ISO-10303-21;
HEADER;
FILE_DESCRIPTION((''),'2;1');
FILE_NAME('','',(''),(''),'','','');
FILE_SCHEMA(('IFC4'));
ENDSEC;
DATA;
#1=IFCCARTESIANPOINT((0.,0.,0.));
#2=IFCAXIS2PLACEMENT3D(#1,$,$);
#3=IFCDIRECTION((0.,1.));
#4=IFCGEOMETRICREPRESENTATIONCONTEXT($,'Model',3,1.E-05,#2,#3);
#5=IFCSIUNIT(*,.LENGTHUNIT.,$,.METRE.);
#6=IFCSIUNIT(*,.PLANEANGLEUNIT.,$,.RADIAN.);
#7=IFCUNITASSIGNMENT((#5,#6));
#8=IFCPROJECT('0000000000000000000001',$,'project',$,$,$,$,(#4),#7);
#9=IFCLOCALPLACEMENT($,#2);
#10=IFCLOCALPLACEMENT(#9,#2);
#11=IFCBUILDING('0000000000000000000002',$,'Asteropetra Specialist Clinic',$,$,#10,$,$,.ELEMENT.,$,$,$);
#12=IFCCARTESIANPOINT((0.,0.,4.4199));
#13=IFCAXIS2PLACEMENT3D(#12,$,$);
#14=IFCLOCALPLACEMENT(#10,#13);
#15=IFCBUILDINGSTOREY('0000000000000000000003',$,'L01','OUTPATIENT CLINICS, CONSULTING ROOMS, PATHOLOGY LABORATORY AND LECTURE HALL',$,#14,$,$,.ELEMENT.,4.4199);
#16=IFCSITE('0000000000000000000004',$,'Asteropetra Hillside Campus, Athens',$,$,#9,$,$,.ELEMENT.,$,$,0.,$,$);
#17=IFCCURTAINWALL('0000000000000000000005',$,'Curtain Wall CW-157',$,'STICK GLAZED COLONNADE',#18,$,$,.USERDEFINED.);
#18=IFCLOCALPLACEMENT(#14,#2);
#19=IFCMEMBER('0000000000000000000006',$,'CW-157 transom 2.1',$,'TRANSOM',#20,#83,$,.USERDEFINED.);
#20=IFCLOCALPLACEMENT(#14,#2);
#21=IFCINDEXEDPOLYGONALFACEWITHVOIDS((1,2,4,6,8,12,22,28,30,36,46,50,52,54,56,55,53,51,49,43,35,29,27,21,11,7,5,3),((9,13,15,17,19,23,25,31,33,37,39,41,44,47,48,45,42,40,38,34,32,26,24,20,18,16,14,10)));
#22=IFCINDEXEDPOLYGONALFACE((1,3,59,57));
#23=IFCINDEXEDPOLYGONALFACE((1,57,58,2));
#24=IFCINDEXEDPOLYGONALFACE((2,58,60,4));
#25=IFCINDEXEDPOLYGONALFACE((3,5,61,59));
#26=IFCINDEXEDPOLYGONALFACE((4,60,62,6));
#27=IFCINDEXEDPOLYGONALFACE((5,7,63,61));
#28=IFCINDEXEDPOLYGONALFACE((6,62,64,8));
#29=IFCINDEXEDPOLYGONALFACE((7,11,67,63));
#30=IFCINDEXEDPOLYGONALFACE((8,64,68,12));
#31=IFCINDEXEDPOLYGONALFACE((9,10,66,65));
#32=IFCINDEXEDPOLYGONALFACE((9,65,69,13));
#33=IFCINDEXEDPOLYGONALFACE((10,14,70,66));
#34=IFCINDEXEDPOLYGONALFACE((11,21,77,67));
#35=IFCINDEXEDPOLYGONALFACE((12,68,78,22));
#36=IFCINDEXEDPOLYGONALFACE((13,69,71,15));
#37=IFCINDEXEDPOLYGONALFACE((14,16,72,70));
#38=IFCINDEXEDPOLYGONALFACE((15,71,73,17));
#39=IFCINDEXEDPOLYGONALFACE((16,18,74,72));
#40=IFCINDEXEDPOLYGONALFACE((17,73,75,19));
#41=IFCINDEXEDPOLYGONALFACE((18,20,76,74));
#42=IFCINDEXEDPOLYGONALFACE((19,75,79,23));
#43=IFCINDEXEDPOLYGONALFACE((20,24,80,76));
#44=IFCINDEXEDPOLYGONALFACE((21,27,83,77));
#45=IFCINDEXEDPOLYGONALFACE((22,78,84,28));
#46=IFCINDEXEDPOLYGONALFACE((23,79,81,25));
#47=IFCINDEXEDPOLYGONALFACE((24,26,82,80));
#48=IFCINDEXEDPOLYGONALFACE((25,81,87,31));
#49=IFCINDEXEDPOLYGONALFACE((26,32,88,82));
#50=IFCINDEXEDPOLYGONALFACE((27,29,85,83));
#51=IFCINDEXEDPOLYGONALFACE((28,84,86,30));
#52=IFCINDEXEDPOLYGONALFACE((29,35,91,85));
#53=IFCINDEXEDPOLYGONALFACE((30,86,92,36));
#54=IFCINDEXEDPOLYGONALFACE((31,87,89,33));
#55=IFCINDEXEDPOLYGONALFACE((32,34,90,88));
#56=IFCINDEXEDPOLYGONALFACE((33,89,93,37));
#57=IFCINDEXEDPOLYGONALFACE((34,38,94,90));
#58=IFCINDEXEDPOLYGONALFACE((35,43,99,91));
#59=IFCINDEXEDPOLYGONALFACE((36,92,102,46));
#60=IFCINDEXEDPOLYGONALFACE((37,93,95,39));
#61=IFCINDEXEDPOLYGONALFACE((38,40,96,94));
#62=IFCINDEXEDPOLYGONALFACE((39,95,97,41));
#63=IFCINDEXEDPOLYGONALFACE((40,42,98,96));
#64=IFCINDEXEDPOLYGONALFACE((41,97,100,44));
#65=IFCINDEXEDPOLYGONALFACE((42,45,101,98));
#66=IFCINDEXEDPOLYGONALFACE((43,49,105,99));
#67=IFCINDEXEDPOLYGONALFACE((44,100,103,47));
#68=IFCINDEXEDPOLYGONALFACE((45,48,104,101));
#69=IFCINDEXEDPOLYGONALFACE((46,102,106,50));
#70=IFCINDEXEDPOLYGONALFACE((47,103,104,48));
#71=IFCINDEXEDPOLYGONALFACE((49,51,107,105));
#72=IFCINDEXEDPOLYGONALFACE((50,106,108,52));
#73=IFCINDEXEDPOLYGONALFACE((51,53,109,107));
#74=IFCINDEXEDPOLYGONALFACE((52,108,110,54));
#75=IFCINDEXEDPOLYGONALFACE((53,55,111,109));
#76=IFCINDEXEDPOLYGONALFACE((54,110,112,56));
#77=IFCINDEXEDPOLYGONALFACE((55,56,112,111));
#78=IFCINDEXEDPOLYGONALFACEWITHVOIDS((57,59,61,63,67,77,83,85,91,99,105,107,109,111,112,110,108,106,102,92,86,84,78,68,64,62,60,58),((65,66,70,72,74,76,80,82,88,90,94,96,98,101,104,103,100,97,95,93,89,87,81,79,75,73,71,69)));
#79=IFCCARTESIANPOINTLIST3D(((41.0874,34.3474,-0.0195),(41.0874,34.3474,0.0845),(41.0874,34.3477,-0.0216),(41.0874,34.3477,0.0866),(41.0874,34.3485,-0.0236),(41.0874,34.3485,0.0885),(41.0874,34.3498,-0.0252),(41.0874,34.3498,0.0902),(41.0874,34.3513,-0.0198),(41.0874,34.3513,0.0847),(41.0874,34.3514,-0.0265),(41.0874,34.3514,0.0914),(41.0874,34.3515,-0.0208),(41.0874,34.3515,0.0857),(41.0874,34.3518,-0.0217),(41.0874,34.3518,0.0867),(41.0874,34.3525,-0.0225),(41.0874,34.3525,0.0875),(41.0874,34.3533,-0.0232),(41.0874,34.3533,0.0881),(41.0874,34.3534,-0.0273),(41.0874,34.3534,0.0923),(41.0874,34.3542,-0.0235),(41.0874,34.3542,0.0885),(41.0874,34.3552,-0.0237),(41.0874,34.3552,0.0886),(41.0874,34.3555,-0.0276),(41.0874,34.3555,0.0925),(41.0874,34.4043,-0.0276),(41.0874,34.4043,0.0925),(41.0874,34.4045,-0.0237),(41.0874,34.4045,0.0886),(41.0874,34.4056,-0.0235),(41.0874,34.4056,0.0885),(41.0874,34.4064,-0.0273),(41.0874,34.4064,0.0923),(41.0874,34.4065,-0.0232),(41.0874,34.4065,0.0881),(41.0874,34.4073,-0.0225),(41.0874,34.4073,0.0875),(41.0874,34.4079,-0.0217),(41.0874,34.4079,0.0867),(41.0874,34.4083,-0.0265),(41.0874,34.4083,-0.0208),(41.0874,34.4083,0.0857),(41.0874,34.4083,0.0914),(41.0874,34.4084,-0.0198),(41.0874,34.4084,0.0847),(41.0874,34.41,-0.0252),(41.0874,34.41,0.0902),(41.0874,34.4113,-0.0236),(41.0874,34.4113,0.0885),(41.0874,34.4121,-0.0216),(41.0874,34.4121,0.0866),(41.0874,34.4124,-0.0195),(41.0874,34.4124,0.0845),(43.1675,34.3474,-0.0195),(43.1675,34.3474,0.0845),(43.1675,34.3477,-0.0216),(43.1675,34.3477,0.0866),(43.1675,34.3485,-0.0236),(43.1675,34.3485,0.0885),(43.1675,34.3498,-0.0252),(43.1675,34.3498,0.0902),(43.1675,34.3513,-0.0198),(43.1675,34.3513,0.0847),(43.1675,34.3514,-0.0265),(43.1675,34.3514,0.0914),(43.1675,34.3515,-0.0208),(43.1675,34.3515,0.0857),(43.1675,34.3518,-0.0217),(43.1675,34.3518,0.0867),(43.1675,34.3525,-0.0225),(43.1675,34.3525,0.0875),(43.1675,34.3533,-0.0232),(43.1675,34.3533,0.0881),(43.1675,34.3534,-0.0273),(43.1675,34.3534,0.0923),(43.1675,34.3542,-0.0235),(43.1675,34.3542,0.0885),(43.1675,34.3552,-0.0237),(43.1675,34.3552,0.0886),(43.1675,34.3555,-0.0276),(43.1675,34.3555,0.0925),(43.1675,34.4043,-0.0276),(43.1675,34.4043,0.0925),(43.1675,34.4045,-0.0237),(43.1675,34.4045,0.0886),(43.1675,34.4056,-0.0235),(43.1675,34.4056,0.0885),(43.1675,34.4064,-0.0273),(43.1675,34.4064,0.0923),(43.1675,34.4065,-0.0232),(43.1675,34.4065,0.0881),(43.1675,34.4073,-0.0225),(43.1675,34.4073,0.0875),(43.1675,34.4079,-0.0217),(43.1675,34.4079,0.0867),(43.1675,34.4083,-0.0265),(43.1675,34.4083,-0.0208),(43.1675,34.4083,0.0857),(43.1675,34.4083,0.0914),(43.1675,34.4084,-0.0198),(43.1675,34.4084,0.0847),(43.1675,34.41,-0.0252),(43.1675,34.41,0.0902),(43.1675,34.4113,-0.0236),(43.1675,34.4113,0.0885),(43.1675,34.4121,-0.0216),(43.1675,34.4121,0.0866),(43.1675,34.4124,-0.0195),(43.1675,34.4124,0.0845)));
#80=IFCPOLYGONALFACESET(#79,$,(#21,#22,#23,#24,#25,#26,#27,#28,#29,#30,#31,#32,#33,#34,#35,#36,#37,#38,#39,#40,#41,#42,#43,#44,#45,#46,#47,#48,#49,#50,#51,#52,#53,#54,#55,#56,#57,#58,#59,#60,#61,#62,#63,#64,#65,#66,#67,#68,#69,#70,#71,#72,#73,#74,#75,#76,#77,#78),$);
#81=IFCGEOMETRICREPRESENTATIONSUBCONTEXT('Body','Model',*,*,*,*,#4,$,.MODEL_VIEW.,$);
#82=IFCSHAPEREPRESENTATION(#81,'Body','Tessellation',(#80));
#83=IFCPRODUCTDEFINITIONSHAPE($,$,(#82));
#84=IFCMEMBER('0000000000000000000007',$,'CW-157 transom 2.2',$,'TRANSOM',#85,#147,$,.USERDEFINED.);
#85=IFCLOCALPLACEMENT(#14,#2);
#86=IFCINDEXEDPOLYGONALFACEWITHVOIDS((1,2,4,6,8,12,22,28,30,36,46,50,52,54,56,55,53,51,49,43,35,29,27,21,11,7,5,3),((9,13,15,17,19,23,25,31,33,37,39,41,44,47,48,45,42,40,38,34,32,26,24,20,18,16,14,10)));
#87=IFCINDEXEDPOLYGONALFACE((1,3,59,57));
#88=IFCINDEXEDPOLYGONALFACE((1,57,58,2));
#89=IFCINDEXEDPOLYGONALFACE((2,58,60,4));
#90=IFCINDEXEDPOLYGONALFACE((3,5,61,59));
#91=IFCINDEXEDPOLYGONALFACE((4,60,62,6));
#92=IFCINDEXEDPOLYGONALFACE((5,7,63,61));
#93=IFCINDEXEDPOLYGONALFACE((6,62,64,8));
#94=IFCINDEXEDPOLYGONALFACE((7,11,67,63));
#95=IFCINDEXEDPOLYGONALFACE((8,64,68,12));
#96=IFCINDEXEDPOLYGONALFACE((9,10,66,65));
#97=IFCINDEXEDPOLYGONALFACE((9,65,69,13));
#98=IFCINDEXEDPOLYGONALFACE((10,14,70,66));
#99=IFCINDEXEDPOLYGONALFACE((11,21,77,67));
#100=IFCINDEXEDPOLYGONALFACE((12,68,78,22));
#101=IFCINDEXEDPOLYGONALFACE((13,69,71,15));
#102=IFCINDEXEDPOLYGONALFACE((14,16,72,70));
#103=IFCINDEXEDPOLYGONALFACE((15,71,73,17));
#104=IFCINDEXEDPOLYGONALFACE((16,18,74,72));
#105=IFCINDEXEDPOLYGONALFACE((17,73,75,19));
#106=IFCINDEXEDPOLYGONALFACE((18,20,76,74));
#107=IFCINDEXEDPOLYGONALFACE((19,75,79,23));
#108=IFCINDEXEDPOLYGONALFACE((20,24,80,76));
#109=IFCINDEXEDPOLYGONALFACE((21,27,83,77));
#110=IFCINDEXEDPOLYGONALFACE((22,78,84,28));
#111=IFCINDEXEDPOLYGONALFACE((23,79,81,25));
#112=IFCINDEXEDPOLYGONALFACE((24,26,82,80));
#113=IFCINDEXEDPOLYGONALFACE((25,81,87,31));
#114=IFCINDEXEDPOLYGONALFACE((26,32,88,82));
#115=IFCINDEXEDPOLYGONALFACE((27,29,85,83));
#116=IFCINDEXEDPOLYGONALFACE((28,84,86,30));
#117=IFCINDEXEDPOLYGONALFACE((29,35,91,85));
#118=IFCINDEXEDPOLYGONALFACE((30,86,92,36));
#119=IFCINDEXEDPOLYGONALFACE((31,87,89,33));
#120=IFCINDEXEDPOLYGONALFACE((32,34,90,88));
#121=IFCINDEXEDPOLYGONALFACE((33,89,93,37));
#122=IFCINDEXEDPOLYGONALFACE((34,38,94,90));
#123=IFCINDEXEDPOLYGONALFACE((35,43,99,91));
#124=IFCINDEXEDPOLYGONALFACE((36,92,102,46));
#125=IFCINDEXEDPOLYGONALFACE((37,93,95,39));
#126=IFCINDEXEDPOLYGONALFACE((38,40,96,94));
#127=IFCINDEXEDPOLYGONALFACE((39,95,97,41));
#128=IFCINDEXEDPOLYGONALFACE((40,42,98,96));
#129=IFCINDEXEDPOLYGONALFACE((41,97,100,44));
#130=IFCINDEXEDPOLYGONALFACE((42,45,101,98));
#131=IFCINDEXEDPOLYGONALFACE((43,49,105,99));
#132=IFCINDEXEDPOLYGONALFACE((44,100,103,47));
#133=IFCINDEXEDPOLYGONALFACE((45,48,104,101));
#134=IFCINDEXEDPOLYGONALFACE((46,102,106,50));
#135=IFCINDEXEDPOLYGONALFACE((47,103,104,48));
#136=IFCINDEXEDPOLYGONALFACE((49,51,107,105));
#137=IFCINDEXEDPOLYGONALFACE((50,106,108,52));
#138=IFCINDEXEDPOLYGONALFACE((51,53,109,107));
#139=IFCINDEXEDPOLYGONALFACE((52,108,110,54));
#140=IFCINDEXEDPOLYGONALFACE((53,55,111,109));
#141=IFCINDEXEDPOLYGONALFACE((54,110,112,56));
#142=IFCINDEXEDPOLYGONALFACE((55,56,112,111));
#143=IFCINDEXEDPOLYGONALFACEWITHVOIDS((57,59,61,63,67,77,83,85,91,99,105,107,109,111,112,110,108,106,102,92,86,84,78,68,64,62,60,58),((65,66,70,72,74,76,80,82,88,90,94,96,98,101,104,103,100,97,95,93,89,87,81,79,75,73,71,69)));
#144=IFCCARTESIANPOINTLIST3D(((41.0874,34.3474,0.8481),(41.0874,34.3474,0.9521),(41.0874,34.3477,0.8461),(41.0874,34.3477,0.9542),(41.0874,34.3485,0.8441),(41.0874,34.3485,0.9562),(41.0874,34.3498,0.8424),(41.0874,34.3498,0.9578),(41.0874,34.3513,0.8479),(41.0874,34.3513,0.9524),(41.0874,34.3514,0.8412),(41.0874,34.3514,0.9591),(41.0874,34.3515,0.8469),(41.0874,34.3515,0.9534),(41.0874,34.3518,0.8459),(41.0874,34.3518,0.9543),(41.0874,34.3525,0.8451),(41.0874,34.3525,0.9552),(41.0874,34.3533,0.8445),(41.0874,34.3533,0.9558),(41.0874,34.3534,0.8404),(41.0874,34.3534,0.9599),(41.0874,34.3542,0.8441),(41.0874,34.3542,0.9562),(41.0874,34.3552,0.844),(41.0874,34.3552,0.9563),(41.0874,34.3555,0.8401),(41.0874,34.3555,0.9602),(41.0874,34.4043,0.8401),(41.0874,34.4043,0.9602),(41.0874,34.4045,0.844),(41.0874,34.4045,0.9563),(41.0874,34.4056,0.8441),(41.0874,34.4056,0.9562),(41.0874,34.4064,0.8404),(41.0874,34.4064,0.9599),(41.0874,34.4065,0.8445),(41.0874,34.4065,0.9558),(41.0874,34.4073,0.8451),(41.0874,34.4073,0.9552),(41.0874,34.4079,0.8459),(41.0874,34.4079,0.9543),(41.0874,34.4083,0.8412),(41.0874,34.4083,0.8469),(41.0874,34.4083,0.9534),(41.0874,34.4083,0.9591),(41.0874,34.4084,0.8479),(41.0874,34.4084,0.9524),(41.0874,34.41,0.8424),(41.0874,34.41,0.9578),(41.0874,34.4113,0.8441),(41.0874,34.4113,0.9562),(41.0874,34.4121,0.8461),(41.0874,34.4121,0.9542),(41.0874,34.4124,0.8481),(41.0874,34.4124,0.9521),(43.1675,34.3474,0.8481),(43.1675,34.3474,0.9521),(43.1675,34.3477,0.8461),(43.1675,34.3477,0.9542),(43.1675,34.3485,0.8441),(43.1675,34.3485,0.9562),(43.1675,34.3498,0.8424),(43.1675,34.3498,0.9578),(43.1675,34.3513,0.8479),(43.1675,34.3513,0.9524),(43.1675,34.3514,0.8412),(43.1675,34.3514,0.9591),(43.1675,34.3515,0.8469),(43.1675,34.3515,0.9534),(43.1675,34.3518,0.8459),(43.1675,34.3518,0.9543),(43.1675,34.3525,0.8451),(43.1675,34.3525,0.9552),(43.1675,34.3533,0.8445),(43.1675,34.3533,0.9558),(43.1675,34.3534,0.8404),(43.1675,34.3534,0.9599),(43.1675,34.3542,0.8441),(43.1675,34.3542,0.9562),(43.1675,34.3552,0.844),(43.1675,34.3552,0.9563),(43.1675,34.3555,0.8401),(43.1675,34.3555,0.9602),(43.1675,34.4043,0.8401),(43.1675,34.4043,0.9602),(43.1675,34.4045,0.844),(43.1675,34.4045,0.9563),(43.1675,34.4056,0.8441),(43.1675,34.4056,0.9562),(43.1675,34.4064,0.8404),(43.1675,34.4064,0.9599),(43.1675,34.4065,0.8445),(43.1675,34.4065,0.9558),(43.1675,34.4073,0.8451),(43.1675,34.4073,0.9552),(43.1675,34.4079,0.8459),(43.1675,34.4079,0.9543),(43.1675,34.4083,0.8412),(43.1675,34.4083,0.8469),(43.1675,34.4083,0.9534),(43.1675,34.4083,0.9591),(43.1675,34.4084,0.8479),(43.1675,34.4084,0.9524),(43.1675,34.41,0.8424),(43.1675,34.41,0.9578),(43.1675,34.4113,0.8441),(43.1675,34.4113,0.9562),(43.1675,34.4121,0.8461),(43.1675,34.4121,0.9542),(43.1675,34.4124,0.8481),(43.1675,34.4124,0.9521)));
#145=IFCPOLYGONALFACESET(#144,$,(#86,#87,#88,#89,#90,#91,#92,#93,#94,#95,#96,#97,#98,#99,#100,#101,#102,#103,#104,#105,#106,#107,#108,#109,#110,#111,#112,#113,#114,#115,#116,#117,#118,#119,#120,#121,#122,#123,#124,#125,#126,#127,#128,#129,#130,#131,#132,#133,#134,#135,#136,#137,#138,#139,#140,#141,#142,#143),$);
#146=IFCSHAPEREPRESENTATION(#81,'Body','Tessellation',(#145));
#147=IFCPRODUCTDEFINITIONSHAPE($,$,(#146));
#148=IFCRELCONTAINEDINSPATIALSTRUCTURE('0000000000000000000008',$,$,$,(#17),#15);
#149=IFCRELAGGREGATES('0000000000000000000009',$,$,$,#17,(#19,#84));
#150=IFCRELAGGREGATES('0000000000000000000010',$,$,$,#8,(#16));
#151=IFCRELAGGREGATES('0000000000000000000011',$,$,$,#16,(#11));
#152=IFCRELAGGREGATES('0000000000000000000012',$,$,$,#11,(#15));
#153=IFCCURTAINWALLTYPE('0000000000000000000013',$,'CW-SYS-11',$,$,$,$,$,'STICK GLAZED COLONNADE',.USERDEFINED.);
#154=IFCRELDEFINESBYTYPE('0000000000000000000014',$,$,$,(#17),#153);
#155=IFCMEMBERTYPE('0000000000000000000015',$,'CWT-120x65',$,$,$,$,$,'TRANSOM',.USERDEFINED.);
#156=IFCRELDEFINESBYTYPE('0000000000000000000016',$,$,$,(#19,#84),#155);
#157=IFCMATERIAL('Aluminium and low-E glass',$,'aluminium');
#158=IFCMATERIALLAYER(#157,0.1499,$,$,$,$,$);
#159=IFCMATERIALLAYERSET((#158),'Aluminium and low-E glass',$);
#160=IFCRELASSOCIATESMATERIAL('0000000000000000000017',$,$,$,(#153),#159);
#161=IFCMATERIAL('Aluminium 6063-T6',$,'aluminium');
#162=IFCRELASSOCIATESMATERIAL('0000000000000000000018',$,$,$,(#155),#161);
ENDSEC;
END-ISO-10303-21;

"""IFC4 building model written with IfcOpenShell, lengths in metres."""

from ifc_helpers import new_model, si_unit, direction, frame, origin, origin_2d, place, context, subcontext, project, spatial, hollow_rectangle, extrude, material, layer, layer_set, material_profile, profile_set, type_object, element, aggregate, save


model = new_model("IFC4")

# Units and contexts
model_context = context("Model", 3, precision=1e-05, world=origin(), true_north=direction((0.0, 1.0)))
body_context = subcontext(model_context, "Body", "Model", "MODEL_VIEW")
ifc_project = project(units=[si_unit("LENGTHUNIT", "METRE"), si_unit("PLANEANGLEUNIT", "RADIAN")], contexts=[model_context])

# Site, building, storey
site_placement = place(None, origin())
site = spatial("IfcSite", under=ifc_project, at=site_placement, Name="Asteropetra Hillside Campus, Athens", CompositionType="ELEMENT", RefElevation=0.0)
building_placement = place(site_placement, origin())
building = spatial("IfcBuilding", under=site, at=building_placement, Name="Asteropetra Specialist Clinic", CompositionType="ELEMENT")
storey_placement = place(building_placement, frame((0.0, 0.0, 4.4199)))
storey = spatial("IfcBuildingStorey", under=building, at=storey_placement, Name="L01", Description="OUTPATIENT CLINICS, CONSULTING ROOMS, PATHOLOGY LABORATORY AND LECTURE HALL", CompositionType="ELEMENT", Elevation=4.4199)

# Curtain wall
ifc_material_1 = material(Name="Aluminium and low-E glass", Category="aluminium")
ifc_layer_1 = layer(ifc_material_1, 0.1499)
ifc_layer_set_1 = layer_set([ifc_layer_1], Name="Aluminium and low-E glass")
curtain_wall_type_1 = type_object("IfcCurtainWallType", Name="CW-SYS-11", ElementType="STICK GLAZED COLONNADE", PredefinedType="USERDEFINED", material=ifc_layer_set_1)
curtain_wall_1_placement = place(storey_placement, origin())
curtain_wall_1 = element("IfcCurtainWall", 1, at=curtain_wall_1_placement, inside=storey, type_object=curtain_wall_type_1, Name="Curtain Wall CW-157", ObjectType="STICK GLAZED COLONNADE", PredefinedType="USERDEFINED")

# Members
ifc_material_2 = material(Name="Aluminium 6063-T6", Category="aluminium")
ifc_material_profile_1 = material_profile(ifc_material_2, hollow_rectangle(XDim=0.0649, YDim=0.1201, WallThickness=0.0039, InnerFilletRadius=0.0039, OuterFilletRadius=0.0081, at=origin_2d()), Name="TRN 120x65x4.0")
ifc_profile_set_1 = profile_set([ifc_material_profile_1], Name="Aluminium 6063-T6")
member_type_1 = type_object("IfcMemberType", Name="CWT-120x65", ElementType="TRANSOM", PredefinedType="USERDEFINED", material=ifc_profile_set_1)
member_1_placement = place(storey_placement, frame((41.0874, 34.3799, 0.0325), z_axis=(1.0, 0.0, 0.0), x_axis=(0.0, 1.0, 0.0)))
member_1 = element("IfcMember", 2, at=member_1_placement, type_object=member_type_1, Name="CW-157 transom 2.1", ObjectType="TRANSOM", PredefinedType="USERDEFINED", context=body_context, shape_type="SweptSolid", body=[
    extrude(hollow_rectangle(XDim=0.0649, YDim=0.1201, WallThickness=0.0039, InnerFilletRadius=0.0039, OuterFilletRadius=0.0081, at=origin_2d()), origin(), (0.0, 0.0, 1.0), 2.0801),
])
member_2_placement = place(storey_placement, frame((41.0874, 34.3799, 0.9001), z_axis=(1.0, 0.0, 0.0), x_axis=(0.0, 1.0, 0.0)))
member_2 = element("IfcMember", 3, at=member_2_placement, type_object=member_type_1, Name="CW-157 transom 2.2", ObjectType="TRANSOM", PredefinedType="USERDEFINED", context=body_context, shape_type="SweptSolid", body=[
    extrude(hollow_rectangle(XDim=0.0649, YDim=0.1201, WallThickness=0.0039, InnerFilletRadius=0.0039, OuterFilletRadius=0.0081, at=origin_2d()), origin(), (0.0, 0.0, 1.0), 2.0801),
])

aggregate(curtain_wall_1, [member_1, member_2])

save(model, "model.ifc")
